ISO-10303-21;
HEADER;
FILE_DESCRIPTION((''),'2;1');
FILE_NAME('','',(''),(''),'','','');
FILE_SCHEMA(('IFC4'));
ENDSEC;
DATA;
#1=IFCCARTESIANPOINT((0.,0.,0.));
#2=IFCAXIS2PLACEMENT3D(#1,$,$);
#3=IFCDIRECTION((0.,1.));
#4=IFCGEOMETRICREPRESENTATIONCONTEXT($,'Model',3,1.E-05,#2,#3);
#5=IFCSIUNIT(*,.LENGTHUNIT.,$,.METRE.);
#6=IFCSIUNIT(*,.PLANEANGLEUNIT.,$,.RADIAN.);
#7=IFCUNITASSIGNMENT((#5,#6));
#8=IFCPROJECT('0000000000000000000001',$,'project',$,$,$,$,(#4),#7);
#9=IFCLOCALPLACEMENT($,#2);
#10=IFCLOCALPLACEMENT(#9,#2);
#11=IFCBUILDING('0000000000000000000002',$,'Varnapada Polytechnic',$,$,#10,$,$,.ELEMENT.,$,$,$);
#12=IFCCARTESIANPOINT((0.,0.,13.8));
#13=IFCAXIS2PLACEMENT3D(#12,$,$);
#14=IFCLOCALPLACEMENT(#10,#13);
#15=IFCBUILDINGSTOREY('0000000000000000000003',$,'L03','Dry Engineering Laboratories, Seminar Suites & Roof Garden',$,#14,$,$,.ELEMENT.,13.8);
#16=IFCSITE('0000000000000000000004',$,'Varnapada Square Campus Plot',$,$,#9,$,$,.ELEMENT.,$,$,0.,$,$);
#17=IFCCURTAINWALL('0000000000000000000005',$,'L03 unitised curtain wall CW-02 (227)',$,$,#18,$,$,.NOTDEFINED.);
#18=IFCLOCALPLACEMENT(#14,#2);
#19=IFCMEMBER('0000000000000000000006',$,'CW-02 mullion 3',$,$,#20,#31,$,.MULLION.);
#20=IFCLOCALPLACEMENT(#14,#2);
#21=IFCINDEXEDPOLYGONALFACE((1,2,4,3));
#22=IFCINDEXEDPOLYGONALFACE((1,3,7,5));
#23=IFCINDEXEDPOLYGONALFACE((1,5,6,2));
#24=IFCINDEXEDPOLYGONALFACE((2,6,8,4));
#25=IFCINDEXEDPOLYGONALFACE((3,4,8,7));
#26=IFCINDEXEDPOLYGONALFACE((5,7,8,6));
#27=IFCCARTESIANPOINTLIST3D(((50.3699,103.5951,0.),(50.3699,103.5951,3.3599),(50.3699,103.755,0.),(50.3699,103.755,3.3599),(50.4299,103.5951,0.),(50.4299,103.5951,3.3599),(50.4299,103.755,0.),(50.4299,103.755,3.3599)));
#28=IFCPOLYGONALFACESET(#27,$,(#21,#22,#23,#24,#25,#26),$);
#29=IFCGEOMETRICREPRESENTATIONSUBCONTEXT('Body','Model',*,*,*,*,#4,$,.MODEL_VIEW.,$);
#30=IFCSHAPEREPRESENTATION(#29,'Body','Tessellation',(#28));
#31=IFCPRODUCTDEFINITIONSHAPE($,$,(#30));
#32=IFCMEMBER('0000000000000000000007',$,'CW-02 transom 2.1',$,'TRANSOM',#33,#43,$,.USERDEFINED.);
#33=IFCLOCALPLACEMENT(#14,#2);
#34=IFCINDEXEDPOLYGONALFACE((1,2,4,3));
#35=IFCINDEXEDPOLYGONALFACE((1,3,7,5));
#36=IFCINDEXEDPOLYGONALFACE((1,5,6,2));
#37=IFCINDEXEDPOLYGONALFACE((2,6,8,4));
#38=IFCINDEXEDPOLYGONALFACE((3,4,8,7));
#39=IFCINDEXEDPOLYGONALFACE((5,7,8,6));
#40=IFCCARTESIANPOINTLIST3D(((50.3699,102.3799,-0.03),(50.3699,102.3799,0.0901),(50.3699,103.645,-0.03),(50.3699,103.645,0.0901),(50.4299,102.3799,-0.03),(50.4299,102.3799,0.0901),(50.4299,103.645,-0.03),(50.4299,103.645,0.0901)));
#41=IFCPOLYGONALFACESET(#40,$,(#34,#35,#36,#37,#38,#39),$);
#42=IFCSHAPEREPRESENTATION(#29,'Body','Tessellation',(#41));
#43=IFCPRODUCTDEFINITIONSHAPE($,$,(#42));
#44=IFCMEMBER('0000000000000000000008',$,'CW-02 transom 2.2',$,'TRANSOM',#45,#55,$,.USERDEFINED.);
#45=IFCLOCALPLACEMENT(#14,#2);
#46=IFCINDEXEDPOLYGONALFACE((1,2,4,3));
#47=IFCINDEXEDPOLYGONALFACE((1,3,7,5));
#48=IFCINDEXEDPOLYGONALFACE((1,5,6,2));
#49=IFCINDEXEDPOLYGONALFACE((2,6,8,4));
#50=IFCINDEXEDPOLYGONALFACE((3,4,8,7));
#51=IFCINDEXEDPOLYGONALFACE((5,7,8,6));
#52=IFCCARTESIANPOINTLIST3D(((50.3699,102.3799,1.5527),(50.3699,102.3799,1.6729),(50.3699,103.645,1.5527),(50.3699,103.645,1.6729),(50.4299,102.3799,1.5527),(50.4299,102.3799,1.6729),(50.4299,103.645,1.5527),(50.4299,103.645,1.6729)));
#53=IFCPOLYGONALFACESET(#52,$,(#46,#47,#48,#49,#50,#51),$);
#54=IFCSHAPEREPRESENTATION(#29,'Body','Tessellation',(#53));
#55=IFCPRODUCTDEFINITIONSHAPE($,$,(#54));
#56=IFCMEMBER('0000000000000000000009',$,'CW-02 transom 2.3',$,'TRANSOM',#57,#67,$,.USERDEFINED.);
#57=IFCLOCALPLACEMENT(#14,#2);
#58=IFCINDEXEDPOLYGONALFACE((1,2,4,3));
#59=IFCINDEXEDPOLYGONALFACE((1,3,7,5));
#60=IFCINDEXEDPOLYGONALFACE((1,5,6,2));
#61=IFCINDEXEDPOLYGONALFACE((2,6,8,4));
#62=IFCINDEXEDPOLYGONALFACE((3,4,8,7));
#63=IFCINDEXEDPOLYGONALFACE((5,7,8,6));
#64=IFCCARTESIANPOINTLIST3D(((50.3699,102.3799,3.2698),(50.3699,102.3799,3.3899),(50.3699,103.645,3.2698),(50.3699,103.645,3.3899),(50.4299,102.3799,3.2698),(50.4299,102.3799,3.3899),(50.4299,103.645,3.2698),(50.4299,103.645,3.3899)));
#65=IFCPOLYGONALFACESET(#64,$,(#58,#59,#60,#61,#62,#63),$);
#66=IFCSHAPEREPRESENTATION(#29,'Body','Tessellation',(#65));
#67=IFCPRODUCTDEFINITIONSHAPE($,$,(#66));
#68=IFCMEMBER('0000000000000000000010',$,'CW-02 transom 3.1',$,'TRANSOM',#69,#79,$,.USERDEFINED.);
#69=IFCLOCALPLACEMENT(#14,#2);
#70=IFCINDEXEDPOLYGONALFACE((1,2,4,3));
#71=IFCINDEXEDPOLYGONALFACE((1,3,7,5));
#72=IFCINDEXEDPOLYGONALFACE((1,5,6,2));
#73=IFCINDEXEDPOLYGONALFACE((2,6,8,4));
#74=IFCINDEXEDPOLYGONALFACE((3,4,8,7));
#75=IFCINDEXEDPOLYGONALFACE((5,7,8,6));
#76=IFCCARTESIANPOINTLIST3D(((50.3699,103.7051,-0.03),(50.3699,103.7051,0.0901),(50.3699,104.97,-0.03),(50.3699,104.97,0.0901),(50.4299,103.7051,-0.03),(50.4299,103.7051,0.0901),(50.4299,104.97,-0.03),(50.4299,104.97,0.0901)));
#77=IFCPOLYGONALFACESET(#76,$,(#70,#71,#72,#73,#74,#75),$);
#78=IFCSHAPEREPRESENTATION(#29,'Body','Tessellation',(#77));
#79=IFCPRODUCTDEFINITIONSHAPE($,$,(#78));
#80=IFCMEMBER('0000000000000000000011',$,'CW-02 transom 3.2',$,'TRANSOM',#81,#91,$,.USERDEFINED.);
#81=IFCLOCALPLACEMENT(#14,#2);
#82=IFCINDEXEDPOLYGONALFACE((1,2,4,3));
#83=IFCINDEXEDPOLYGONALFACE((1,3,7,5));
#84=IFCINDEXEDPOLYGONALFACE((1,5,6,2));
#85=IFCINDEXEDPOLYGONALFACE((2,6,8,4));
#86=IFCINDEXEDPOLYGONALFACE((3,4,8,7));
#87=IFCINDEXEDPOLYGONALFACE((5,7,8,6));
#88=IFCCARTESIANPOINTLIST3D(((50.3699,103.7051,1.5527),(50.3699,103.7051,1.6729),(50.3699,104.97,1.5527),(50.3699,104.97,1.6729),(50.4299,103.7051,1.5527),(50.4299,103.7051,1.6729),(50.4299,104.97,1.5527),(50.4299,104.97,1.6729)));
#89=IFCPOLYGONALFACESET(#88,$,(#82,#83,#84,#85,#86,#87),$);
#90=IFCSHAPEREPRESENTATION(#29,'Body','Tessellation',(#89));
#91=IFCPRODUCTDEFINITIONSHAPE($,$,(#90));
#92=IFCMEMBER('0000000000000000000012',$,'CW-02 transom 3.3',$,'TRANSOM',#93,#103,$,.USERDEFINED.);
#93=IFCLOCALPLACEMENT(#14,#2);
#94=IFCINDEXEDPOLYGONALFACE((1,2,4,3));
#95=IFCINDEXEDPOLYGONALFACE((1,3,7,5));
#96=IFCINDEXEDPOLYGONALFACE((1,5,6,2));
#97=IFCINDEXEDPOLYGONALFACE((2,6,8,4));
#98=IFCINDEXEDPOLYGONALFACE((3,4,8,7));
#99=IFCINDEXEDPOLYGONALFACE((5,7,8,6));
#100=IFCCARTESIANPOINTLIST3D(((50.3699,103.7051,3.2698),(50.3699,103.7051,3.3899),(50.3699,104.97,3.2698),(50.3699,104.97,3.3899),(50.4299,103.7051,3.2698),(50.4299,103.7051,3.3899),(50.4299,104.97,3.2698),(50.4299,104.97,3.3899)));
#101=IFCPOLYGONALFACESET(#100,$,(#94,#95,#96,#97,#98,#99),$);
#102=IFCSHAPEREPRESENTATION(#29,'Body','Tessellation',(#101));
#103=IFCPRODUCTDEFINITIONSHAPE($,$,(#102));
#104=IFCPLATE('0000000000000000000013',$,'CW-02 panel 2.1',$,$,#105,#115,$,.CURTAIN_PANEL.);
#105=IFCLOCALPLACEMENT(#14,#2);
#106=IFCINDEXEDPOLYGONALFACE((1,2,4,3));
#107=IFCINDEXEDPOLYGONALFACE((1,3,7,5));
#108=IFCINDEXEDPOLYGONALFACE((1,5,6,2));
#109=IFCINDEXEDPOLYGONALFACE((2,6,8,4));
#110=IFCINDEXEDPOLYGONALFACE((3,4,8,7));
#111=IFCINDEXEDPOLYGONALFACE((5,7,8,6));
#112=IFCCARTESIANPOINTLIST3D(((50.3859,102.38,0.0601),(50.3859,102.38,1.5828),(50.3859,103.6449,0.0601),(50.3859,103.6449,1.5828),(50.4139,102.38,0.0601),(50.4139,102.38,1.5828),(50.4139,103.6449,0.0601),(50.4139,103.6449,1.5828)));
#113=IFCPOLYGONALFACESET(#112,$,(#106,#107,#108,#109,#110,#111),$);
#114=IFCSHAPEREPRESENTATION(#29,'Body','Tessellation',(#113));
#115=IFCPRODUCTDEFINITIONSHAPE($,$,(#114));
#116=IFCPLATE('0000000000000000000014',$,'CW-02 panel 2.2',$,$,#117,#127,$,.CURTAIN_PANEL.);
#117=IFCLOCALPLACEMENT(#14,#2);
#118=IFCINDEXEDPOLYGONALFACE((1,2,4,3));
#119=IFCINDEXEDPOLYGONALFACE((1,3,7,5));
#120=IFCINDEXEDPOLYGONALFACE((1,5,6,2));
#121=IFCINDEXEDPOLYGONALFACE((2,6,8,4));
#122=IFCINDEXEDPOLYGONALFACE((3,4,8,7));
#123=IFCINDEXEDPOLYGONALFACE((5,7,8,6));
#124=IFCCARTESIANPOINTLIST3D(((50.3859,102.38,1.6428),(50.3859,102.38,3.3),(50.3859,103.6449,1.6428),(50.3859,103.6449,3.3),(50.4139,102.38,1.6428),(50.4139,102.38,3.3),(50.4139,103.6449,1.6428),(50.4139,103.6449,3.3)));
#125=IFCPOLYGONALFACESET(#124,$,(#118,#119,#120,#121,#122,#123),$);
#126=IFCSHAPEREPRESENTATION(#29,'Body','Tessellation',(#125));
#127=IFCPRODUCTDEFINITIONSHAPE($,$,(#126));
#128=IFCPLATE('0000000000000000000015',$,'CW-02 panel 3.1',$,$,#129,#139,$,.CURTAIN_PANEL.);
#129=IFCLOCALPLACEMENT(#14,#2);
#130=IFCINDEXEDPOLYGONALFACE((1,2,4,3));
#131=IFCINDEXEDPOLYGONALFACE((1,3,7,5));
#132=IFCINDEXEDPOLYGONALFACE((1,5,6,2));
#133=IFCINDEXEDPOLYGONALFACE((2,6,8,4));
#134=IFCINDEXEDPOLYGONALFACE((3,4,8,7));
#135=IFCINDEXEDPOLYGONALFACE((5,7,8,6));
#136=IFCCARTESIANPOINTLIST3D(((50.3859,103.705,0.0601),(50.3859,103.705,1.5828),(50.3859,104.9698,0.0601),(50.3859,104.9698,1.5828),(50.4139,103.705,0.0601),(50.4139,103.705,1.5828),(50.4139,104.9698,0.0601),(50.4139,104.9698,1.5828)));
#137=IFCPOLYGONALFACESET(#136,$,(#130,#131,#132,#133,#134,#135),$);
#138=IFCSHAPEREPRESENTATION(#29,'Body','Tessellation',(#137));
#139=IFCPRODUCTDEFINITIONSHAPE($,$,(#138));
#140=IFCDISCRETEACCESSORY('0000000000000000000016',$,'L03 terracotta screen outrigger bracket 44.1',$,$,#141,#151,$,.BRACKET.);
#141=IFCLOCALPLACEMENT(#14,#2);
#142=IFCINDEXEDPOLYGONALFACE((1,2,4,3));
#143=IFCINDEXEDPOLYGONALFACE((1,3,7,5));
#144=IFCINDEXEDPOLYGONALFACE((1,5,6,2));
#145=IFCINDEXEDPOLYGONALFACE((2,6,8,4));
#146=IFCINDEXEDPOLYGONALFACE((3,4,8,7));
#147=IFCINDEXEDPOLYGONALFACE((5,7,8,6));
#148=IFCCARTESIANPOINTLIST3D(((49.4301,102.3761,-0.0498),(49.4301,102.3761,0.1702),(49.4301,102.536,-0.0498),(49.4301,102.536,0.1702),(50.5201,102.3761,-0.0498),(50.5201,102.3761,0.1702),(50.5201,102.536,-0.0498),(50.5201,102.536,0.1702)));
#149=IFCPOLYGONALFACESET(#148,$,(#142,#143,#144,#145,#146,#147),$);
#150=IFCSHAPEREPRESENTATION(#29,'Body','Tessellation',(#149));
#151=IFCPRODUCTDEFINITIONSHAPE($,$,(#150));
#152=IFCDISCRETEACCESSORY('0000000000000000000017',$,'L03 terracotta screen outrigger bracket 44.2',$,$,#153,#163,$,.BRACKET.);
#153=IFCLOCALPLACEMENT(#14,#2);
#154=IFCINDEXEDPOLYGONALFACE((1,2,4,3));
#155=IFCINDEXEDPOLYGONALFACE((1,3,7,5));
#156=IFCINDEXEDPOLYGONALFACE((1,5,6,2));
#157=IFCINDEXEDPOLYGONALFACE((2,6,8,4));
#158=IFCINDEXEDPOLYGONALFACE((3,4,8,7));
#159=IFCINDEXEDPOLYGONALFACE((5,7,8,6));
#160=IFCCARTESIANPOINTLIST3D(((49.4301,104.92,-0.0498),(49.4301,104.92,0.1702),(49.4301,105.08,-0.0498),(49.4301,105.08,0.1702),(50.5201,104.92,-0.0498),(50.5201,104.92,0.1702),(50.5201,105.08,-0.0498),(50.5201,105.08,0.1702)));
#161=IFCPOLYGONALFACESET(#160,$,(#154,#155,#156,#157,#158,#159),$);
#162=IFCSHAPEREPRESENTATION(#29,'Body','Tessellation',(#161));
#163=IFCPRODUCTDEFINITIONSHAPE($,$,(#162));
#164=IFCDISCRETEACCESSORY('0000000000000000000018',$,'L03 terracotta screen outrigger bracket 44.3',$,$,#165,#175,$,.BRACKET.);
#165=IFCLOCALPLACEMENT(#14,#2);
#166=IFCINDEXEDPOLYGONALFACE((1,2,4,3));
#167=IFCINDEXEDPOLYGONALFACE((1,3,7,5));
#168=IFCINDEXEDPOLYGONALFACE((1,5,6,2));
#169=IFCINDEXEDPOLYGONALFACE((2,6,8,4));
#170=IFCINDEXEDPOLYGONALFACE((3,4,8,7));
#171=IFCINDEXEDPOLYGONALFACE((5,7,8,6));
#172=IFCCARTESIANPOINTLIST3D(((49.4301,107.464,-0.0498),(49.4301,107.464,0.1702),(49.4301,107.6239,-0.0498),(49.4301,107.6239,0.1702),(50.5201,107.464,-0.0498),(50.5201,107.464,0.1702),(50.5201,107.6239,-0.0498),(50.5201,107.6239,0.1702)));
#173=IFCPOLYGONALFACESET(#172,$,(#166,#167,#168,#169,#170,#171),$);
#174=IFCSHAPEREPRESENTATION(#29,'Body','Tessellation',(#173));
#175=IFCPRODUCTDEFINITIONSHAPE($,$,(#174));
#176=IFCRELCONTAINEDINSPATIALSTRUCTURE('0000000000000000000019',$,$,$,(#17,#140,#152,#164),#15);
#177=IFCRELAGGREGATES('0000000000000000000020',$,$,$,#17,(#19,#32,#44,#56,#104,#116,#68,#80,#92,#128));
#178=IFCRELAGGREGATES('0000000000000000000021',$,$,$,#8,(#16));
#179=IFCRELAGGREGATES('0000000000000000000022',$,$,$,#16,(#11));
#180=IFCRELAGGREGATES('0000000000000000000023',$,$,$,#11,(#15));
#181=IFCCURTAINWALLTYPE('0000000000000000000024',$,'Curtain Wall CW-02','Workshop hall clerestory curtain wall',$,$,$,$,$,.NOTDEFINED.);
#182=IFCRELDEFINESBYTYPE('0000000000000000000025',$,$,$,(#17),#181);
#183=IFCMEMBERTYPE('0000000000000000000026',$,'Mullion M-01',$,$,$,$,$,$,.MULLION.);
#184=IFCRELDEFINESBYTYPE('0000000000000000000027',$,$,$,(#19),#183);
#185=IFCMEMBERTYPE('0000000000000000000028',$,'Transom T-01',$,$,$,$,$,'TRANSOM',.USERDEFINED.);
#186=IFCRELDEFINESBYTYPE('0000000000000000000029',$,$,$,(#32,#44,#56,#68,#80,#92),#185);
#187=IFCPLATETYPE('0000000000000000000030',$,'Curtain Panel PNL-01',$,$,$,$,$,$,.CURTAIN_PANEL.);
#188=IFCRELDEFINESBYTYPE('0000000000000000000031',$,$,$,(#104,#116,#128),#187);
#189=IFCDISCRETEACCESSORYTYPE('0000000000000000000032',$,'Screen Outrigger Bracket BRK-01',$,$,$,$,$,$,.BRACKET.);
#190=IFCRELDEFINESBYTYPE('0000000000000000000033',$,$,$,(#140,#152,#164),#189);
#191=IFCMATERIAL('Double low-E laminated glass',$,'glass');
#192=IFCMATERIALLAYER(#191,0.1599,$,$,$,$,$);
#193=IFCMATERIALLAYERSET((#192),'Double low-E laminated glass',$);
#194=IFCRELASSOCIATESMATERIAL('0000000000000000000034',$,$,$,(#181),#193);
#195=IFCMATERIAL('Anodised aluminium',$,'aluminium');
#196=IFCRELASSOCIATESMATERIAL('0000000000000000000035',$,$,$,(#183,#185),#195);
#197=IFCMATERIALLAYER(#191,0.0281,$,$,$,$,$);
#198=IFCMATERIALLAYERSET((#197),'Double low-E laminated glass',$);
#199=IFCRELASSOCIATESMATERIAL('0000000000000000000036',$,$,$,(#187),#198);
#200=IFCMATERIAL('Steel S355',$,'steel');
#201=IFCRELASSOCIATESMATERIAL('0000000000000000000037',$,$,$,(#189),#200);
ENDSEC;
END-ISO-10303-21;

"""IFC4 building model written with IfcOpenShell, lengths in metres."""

from ifc_helpers import new_model, si_unit, direction, frame, origin, origin_2d, place, context, subcontext, project, spatial, rectangle, extrude, material, layer, layer_set, material_profile, profile_set, type_object, element, aggregate, save


model = new_model("IFC4")

# Units and contexts
model_context = context("Model", 3, precision=1e-05, world=origin(), true_north=direction((0.0, 1.0)))
body_context = subcontext(model_context, "Body", "Model", "MODEL_VIEW")
ifc_project = project(units=[si_unit("LENGTHUNIT", "METRE"), si_unit("PLANEANGLEUNIT", "RADIAN")], contexts=[model_context])

# Site, building, storey
site_placement = place(None, origin())
site = spatial("IfcSite", under=ifc_project, at=site_placement, Name="Varnapada Square Campus Plot", CompositionType="ELEMENT", RefElevation=0.0)
building_placement = place(site_placement, origin())
building = spatial("IfcBuilding", under=site, at=building_placement, Name="Varnapada Polytechnic", CompositionType="ELEMENT")
storey_placement = place(building_placement, frame((0.0, 0.0, 13.8)))
storey = spatial("IfcBuildingStorey", under=building, at=storey_placement, Name="L03", Description="Dry Engineering Laboratories, Seminar Suites & Roof Garden", CompositionType="ELEMENT", Elevation=13.8)

# Curtain wall, members, plates
ifc_material_1 = material(Name="Double low-E laminated glass", Category="glass")
ifc_layer_1 = layer(ifc_material_1, 0.1599)
ifc_layer_set_1 = layer_set([ifc_layer_1], Name="Double low-E laminated glass")
curtain_wall_type = type_object("IfcCurtainWallType", Name="Curtain Wall CW-02", Description="Workshop hall clerestory curtain wall", PredefinedType="NOTDEFINED", material=ifc_layer_set_1)
curtain_wall_placement = place(storey_placement, origin())
curtain_wall = element("IfcCurtainWall", 1, at=curtain_wall_placement, inside=storey, type_object=curtain_wall_type, Name="L03 unitised curtain wall CW-02 (227)", PredefinedType="NOTDEFINED")
ifc_material_2 = material(Name="Anodised aluminium", Category="aluminium")
ifc_material_profile_1 = material_profile(ifc_material_2, rectangle(XDim=0.0601, YDim=0.1599, at=origin_2d()), Name="ALU M60x160")
ifc_profile_set_1 = profile_set([ifc_material_profile_1], Name="Anodised aluminium")
member_type_1 = type_object("IfcMemberType", Name="Mullion M-01", PredefinedType="MULLION", material=ifc_profile_set_1)
member_1_placement = place(storey_placement, frame((50.3999, 103.675, 0.0), z_axis=(0.0, 0.0, 1.0), x_axis=(-1.0, 0.0, 0.0)))
member_1 = element("IfcMember", 2, at=member_1_placement, type_object=member_type_1, Name="CW-02 mullion 3", PredefinedType="MULLION", context=body_context, shape_type="SweptSolid", body=[
    extrude(rectangle(XDim=0.0601, YDim=0.1599, at=origin_2d()), origin(), (0.0, 0.0, 1.0), 3.3599),
])
ifc_material_profile_2 = material_profile(ifc_material_2, rectangle(XDim=0.0601, YDim=0.1201, at=origin_2d()), Name="ALU T60x120")
ifc_profile_set_2 = profile_set([ifc_material_profile_2], Name="Anodised aluminium")
member_type_2 = type_object("IfcMemberType", Name="Transom T-01", ElementType="TRANSOM", PredefinedType="USERDEFINED", material=ifc_profile_set_2)
member_2_placement = place(storey_placement, frame((50.3999, 102.3799, 0.03), z_axis=(0.0, 1.0, 0.0), x_axis=(-1.0, 0.0, 0.0)))
member_2 = element("IfcMember", 3, at=member_2_placement, type_object=member_type_2, Name="CW-02 transom 2.1", ObjectType="TRANSOM", PredefinedType="USERDEFINED", context=body_context, shape_type="SweptSolid", body=[
    extrude(rectangle(XDim=0.0601, YDim=0.1201, at=origin_2d()), origin(), (0.0, 0.0, 1.0), 1.2651),
])
member_3_placement = place(storey_placement, frame((50.3999, 102.3799, 1.6128), z_axis=(0.0, 1.0, 0.0), x_axis=(-1.0, 0.0, 0.0)))
member_3 = element("IfcMember", 4, at=member_3_placement, type_object=member_type_2, Name="CW-02 transom 2.2", ObjectType="TRANSOM", PredefinedType="USERDEFINED", context=body_context, shape_type="SweptSolid", body=[
    extrude(rectangle(XDim=0.0601, YDim=0.1201, at=origin_2d()), origin(), (0.0, 0.0, 1.0), 1.2651),
])
member_4_placement = place(storey_placement, frame((50.3999, 102.3799, 3.3298), z_axis=(0.0, 1.0, 0.0), x_axis=(-1.0, 0.0, 0.0)))
member_4 = element("IfcMember", 5, at=member_4_placement, type_object=member_type_2, Name="CW-02 transom 2.3", ObjectType="TRANSOM", PredefinedType="USERDEFINED", context=body_context, shape_type="SweptSolid", body=[
    extrude(rectangle(XDim=0.0601, YDim=0.1201, at=origin_2d()), origin(), (0.0, 0.0, 1.0), 1.2651),
])
member_5_placement = place(storey_placement, frame((50.3999, 103.7051, 0.03), z_axis=(0.0, 1.0, 0.0), x_axis=(-1.0, 0.0, 0.0)))
member_5 = element("IfcMember", 6, at=member_5_placement, type_object=member_type_2, Name="CW-02 transom 3.1", ObjectType="TRANSOM", PredefinedType="USERDEFINED", context=body_context, shape_type="SweptSolid", body=[
    extrude(rectangle(XDim=0.0601, YDim=0.1201, at=origin_2d()), origin(), (0.0, 0.0, 1.0), 1.2649),
])
member_6_placement = place(storey_placement, frame((50.3999, 103.7051, 1.6128), z_axis=(0.0, 1.0, 0.0), x_axis=(-1.0, 0.0, 0.0)))
member_6 = element("IfcMember", 7, at=member_6_placement, type_object=member_type_2, Name="CW-02 transom 3.2", ObjectType="TRANSOM", PredefinedType="USERDEFINED", context=body_context, shape_type="SweptSolid", body=[
    extrude(rectangle(XDim=0.0601, YDim=0.1201, at=origin_2d()), origin(), (0.0, 0.0, 1.0), 1.2649),
])
member_7_placement = place(storey_placement, frame((50.3999, 103.7051, 3.3298), z_axis=(0.0, 1.0, 0.0), x_axis=(-1.0, 0.0, 0.0)))
member_7 = element("IfcMember", 8, at=member_7_placement, type_object=member_type_2, Name="CW-02 transom 3.3", ObjectType="TRANSOM", PredefinedType="USERDEFINED", context=body_context, shape_type="SweptSolid", body=[
    extrude(rectangle(XDim=0.0601, YDim=0.1201, at=origin_2d()), origin(), (0.0, 0.0, 1.0), 1.2649),
])
ifc_layer_2 = layer(ifc_material_1, 0.0281)
ifc_layer_set_2 = layer_set([ifc_layer_2], Name="Double low-E laminated glass")
plate_type = type_object("IfcPlateType", Name="Curtain Panel PNL-01", PredefinedType="CURTAIN_PANEL", material=ifc_layer_set_2)
plate_1_placement = place(storey_placement, frame((50.3999, 103.0125, 0.0601), z_axis=(0.0, 0.0, 1.0), x_axis=(0.0, 1.0, 0.0)))
plate_1 = element("IfcPlate", 9, at=plate_1_placement, type_object=plate_type, Name="CW-02 panel 2.1", PredefinedType="CURTAIN_PANEL", context=body_context, shape_type="SweptSolid", body=[
    extrude(rectangle(XDim=1.2649, YDim=0.0281, at=origin_2d()), origin(), (0.0, 0.0, 1.0), 1.5227),
])
plate_2_placement = place(storey_placement, frame((50.3999, 103.0125, 1.6428), z_axis=(0.0, 0.0, 1.0), x_axis=(0.0, 1.0, 0.0)))
plate_2 = element("IfcPlate", 10, at=plate_2_placement, type_object=plate_type, Name="CW-02 panel 2.2", PredefinedType="CURTAIN_PANEL", context=body_context, shape_type="SweptSolid", body=[
    extrude(rectangle(XDim=1.2649, YDim=0.0281, at=origin_2d()), origin(), (0.0, 0.0, 1.0), 1.6572),
])
plate_3_placement = place(storey_placement, frame((50.3999, 104.3374, 0.0601), z_axis=(0.0, 0.0, 1.0), x_axis=(0.0, 1.0, 0.0)))
plate_3 = element("IfcPlate", 11, at=plate_3_placement, type_object=plate_type, Name="CW-02 panel 3.1", PredefinedType="CURTAIN_PANEL", context=body_context, shape_type="SweptSolid", body=[
    extrude(rectangle(XDim=1.2649, YDim=0.0281, at=origin_2d()), origin(), (0.0, 0.0, 1.0), 1.5227),
])
aggregate(curtain_wall, [member_1, member_2, member_3, member_4, plate_1, plate_2, member_5, member_6, member_7, plate_3])

# Discrete accessories
ifc_material_3 = material(Name="Steel S355", Category="steel")
discrete_accessory_type = type_object("IfcDiscreteAccessoryType", Name="Screen Outrigger Bracket BRK-01", PredefinedType="BRACKET", material=ifc_material_3)
for number, where, z_axis, x_axis, name in (
    (12, (49.9751, 102.4561, -0.0498), (0.0, 0.0, 1.0), (0.0, 1.0, 0.0), "L03 terracotta screen outrigger bracket 44.1"),
    (13, (49.9751, 105.0, -0.0498), (0.0, 0.0, 1.0), (0.0, 1.0, 0.0), "L03 terracotta screen outrigger bracket 44.2"),
    (14, (49.9751, 107.5439, -0.0498), (0.0, 0.0, 1.0), (0.0, 1.0, 0.0), "L03 terracotta screen outrigger bracket 44.3"),
):
    element("IfcDiscreteAccessory", number, at=place(storey_placement, frame(where, z_axis=z_axis, x_axis=x_axis)), inside=storey, type_object=discrete_accessory_type, Name=name, PredefinedType="BRACKET", context=body_context, shape_type="SweptSolid", body=[
        extrude(rectangle(XDim=0.1599, YDim=1.0901, at=origin_2d()), origin(), (0.0, 0.0, 1.0), 0.22),
    ])

save(model, "model.ifc")
